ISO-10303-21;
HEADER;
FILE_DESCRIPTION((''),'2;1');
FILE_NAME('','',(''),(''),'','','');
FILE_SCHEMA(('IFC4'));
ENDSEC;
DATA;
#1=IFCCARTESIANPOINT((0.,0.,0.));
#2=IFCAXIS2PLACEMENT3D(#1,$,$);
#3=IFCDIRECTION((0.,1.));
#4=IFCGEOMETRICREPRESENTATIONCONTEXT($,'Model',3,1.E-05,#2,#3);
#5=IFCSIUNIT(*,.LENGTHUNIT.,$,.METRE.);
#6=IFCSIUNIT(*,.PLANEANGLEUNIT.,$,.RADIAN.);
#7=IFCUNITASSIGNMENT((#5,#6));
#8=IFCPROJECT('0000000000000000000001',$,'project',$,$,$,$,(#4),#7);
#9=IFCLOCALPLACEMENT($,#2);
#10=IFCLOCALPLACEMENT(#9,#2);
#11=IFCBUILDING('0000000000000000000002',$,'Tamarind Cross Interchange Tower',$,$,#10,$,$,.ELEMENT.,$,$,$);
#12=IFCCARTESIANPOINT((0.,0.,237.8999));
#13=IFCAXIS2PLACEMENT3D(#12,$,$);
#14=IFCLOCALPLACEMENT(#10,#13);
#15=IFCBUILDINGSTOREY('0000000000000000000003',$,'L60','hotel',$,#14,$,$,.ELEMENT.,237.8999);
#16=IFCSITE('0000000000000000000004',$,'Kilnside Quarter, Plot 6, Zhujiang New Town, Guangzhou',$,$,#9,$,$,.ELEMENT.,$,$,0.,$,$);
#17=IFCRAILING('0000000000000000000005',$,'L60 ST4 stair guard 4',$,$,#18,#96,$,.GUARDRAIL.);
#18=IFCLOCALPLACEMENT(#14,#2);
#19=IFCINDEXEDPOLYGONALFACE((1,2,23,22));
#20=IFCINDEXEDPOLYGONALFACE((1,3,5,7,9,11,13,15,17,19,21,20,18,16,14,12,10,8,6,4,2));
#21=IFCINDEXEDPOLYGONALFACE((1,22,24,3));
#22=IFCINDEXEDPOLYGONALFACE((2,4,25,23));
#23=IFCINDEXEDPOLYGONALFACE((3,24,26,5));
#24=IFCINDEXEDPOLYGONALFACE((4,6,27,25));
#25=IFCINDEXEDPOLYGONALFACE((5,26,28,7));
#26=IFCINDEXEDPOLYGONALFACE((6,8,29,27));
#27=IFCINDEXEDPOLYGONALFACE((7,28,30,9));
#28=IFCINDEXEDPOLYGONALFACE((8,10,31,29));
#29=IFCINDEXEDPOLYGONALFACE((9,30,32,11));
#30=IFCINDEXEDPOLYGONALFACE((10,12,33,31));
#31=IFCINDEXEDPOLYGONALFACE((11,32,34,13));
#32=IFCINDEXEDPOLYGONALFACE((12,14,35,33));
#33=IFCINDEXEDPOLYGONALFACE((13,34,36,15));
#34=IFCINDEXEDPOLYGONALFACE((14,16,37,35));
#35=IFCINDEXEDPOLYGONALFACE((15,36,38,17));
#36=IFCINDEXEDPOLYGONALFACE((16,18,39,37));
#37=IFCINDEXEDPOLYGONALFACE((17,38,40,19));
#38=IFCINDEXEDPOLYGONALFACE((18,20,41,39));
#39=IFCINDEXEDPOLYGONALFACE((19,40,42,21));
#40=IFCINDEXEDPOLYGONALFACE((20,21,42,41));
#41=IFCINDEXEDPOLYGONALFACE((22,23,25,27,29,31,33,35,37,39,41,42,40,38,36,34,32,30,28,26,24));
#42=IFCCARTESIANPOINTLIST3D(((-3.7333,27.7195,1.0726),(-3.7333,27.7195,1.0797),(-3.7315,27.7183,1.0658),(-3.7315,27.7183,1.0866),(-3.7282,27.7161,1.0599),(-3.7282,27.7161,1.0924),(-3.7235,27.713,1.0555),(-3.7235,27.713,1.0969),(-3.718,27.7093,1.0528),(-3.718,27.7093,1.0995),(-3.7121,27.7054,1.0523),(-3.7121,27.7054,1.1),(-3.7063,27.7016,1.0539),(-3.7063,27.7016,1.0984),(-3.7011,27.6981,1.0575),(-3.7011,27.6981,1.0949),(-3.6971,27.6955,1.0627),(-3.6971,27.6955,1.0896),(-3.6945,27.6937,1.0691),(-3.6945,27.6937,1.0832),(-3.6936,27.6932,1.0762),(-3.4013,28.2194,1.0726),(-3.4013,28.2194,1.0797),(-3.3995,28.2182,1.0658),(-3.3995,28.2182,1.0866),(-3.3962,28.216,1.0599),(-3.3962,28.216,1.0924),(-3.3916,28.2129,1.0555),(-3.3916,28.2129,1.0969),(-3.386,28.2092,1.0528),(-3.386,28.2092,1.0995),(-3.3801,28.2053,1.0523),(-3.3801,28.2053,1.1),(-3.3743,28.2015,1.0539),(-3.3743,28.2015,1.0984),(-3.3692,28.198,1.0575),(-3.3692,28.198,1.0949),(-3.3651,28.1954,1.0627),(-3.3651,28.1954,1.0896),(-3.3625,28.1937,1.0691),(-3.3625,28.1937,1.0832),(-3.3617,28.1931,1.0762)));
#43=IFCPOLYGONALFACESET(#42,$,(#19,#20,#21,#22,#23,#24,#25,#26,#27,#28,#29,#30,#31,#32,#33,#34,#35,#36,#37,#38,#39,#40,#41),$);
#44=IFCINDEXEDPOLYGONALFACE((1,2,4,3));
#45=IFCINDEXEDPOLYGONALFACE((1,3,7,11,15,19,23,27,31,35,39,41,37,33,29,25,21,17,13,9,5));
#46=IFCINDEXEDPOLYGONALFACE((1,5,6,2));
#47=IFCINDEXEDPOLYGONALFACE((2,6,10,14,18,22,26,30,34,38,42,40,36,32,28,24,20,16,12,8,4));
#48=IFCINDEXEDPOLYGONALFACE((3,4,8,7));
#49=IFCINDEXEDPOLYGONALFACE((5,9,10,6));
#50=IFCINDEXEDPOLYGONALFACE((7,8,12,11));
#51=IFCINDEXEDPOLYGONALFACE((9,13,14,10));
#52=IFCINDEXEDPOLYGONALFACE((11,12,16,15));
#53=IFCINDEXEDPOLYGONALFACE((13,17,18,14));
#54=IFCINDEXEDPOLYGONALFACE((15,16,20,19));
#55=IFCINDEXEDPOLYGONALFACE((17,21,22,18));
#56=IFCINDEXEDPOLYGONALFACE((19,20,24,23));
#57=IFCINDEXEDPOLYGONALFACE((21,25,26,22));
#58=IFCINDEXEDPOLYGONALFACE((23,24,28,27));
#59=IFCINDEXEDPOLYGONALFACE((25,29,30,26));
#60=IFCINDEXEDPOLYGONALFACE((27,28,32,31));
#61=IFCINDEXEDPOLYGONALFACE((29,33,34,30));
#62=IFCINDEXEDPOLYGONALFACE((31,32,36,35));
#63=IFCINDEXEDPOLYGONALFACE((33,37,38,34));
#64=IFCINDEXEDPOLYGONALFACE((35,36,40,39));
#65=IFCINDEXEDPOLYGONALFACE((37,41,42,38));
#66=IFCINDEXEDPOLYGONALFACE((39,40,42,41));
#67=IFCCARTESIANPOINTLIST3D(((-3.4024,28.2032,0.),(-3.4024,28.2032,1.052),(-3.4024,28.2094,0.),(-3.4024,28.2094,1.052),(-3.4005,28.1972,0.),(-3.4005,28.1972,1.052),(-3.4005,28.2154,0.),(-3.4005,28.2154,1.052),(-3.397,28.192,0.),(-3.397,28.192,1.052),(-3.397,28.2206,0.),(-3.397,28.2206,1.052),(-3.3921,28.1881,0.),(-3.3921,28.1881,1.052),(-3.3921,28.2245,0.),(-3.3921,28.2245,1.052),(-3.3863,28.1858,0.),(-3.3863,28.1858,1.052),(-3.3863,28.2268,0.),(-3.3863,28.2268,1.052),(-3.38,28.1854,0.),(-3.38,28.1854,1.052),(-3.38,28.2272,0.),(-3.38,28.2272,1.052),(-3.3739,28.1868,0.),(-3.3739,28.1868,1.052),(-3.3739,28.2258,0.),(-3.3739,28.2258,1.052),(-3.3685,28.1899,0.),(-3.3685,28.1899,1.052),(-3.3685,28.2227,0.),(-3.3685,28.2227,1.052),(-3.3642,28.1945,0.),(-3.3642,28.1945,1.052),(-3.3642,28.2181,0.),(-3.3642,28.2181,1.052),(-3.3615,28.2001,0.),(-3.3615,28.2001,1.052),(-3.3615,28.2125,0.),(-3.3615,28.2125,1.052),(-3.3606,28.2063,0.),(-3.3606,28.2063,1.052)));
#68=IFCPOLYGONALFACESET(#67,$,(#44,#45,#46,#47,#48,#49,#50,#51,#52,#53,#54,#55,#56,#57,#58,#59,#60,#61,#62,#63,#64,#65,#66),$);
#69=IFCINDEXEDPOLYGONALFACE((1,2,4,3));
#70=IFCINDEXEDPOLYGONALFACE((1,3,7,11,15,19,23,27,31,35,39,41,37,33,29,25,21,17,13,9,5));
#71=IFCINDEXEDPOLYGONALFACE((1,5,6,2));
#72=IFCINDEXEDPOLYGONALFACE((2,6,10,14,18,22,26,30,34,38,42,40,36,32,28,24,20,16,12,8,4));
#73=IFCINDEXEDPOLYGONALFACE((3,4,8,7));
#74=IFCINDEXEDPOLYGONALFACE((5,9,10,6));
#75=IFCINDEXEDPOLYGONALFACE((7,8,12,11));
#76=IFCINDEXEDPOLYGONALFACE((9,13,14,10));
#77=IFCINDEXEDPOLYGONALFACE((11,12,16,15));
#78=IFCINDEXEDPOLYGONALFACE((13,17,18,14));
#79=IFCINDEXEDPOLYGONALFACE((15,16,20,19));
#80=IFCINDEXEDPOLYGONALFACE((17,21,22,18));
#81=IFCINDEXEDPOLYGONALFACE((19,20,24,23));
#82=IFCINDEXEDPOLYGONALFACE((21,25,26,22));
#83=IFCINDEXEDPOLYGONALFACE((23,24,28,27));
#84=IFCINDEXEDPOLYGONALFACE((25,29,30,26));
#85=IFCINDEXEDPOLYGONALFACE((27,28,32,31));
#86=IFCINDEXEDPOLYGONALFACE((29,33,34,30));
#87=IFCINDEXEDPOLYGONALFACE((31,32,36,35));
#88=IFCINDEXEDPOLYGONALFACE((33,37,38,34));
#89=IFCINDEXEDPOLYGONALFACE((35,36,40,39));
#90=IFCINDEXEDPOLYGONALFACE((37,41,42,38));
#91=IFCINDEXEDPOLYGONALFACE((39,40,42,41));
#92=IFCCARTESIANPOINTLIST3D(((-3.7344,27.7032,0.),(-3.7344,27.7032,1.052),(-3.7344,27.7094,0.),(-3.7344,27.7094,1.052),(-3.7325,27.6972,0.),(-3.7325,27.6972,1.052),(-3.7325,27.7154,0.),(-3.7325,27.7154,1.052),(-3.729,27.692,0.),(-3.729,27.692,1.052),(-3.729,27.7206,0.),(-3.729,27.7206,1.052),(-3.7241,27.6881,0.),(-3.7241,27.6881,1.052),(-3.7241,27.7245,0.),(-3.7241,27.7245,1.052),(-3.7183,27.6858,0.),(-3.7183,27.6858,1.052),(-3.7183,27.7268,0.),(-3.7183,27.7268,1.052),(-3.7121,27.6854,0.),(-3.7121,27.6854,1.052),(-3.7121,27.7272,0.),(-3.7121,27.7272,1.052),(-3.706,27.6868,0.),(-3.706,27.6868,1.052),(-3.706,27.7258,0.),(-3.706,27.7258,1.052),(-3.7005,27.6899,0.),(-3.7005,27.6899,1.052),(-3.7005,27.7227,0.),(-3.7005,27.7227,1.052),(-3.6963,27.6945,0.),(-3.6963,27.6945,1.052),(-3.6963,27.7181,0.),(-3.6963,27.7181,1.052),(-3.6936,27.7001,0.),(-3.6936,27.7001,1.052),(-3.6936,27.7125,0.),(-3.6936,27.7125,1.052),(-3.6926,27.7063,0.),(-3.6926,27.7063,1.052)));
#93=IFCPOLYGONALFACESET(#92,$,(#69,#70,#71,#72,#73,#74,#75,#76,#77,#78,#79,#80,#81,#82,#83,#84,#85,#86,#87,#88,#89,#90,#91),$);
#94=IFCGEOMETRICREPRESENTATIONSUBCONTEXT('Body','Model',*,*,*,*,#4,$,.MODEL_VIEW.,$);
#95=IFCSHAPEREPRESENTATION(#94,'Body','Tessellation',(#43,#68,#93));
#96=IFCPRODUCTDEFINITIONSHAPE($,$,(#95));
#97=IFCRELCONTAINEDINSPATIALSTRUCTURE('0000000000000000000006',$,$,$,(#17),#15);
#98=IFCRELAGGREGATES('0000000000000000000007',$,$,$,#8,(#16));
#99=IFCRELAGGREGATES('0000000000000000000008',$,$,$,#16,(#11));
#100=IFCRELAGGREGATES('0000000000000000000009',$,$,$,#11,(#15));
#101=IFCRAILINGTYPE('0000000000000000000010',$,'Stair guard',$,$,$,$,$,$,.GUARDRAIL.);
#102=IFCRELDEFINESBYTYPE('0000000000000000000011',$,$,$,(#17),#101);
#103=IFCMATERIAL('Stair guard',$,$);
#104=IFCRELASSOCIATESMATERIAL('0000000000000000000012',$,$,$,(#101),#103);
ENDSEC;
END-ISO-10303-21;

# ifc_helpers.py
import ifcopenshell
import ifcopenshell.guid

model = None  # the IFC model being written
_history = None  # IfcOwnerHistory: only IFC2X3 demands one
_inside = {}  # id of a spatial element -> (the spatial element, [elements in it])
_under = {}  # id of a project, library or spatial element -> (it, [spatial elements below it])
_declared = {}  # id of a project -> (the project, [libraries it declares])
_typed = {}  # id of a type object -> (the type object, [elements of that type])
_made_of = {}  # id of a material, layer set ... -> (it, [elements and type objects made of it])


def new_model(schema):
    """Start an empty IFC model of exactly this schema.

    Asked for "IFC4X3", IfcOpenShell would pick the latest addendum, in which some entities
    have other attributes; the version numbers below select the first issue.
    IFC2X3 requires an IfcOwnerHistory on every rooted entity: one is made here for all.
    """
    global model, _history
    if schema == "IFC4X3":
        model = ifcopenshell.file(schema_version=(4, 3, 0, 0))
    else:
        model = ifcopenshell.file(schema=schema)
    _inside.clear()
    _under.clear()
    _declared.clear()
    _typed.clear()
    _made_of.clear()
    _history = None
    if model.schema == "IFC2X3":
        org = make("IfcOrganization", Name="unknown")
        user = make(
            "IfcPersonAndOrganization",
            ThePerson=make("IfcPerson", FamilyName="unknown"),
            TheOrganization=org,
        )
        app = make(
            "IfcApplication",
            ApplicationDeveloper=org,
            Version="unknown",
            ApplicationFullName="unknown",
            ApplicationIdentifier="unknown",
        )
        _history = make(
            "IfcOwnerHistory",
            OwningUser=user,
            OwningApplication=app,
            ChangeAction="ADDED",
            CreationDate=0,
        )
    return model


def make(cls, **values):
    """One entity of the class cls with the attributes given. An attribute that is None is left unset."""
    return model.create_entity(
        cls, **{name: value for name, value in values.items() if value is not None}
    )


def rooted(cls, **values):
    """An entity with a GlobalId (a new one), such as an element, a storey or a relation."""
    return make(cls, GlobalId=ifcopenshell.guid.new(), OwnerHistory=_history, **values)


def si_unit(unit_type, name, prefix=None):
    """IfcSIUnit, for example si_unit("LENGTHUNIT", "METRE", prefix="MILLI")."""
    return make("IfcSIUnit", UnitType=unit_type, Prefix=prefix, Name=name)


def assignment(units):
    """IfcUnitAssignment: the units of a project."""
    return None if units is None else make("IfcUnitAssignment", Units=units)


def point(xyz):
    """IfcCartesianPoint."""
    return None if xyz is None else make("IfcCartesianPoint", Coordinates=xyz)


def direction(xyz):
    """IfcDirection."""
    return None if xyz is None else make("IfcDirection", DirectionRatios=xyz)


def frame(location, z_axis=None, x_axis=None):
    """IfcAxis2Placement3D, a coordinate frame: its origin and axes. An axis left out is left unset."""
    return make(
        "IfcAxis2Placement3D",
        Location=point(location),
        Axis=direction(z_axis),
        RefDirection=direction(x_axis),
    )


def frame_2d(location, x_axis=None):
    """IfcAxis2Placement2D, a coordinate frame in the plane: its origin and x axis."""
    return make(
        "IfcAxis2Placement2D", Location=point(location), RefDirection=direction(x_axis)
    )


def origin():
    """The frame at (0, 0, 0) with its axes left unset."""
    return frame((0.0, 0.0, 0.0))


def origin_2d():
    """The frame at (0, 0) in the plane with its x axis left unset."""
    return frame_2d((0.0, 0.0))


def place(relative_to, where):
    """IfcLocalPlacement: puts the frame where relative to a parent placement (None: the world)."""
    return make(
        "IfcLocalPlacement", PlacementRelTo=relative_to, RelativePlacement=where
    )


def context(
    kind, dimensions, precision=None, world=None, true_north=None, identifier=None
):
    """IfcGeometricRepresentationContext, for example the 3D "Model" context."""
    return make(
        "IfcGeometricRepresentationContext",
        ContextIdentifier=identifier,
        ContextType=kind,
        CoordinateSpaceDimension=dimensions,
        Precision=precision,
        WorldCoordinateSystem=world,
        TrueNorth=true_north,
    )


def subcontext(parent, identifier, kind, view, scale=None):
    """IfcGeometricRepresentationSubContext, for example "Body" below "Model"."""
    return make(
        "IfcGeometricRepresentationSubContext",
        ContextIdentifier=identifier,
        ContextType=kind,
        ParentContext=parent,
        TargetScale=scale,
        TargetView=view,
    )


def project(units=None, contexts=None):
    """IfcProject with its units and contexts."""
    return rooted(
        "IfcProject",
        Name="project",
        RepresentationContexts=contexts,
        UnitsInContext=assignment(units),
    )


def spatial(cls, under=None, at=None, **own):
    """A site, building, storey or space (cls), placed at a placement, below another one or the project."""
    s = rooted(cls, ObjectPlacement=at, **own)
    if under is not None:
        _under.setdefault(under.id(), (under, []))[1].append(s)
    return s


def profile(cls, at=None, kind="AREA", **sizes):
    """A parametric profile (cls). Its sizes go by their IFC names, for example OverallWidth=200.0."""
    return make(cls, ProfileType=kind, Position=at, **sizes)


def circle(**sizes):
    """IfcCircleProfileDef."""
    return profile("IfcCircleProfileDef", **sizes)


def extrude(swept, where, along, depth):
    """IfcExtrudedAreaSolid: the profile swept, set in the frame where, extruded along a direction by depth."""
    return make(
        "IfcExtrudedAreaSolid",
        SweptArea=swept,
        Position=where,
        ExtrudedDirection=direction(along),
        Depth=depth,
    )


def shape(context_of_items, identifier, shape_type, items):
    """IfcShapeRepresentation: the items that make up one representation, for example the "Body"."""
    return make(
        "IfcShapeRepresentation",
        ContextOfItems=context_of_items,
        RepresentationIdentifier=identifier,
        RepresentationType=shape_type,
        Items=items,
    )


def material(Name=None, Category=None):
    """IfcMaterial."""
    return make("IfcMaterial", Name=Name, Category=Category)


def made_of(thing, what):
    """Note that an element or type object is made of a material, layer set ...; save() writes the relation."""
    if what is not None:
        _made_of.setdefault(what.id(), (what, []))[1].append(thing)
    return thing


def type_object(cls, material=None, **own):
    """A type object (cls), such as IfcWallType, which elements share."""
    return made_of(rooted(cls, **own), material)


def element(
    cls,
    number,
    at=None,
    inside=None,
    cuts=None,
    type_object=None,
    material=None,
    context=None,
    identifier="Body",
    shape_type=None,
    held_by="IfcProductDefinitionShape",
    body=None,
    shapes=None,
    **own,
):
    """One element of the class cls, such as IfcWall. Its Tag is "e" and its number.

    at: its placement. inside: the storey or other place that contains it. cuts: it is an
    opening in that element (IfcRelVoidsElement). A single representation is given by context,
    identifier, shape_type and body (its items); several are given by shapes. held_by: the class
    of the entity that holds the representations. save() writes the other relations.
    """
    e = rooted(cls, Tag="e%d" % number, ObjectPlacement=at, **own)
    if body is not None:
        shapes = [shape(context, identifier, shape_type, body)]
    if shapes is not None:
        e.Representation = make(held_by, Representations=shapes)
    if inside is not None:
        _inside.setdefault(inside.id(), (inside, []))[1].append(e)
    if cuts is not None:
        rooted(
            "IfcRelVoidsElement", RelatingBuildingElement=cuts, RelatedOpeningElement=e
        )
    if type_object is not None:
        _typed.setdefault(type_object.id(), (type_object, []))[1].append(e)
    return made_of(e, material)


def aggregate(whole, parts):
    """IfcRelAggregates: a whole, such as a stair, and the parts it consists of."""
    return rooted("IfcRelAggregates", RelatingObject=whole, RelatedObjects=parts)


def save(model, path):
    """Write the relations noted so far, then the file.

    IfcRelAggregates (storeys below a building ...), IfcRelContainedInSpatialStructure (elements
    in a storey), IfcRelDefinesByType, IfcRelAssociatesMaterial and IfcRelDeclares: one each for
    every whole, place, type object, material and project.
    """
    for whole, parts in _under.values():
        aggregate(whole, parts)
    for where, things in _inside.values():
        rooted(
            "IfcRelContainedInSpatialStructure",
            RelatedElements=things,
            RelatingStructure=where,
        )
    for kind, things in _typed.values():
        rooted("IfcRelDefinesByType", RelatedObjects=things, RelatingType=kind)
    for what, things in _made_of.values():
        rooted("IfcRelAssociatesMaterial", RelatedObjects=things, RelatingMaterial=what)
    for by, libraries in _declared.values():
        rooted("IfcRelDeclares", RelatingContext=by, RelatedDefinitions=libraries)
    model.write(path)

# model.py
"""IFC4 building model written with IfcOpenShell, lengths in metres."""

from ifc_helpers import new_model, si_unit, direction, frame, origin, origin_2d, place, context, subcontext, project, spatial, circle, extrude, material, type_object, element, save


model = new_model("IFC4")

# Units and contexts
model_context = context("Model", 3, precision=1e-05, world=origin(), true_north=direction((0.0, 1.0)))
body_context = subcontext(model_context, "Body", "Model", "MODEL_VIEW")
ifc_project = project(units=[si_unit("LENGTHUNIT", "METRE"), si_unit("PLANEANGLEUNIT", "RADIAN")], contexts=[model_context])

# Site, building, storey
site_placement = place(None, origin())
site = spatial("IfcSite", under=ifc_project, at=site_placement, Name="Kilnside Quarter, Plot 6, Zhujiang New Town, Guangzhou", CompositionType="ELEMENT", RefElevation=0.0)
building_placement = place(site_placement, origin())
building = spatial("IfcBuilding", under=site, at=building_placement, Name="Tamarind Cross Interchange Tower", CompositionType="ELEMENT")
storey_placement = place(building_placement, frame((0.0, 0.0, 237.8999)))
storey = spatial("IfcBuildingStorey", under=building, at=storey_placement, Name="L60", Description="hotel", CompositionType="ELEMENT", Elevation=237.8999)

# Railing
ifc_material_1 = material(Name="Stair guard")
railing_type_1 = type_object("IfcRailingType", Name="Stair guard", PredefinedType="GUARDRAIL", material=ifc_material_1)
railing_1_placement = place(storey_placement, frame((-3.3816, 28.2063, 0.0)))
element("IfcRailing", 1, at=railing_1_placement, inside=storey, type_object=railing_type_1, Name="L60 ST4 stair guard 4", PredefinedType="GUARDRAIL", context=body_context, shape_type="SweptSolid", body=[
    extrude(circle(Radius=0.0239, at=origin_2d()), frame((0.0, 0.0, 1.0762), z_axis=(-0.553197, -0.83305, 0.0), x_axis=(0.83305, -0.553197, 0.0)), (0.0, 0.0, 1.0), 0.6001),
    extrude(circle(Radius=0.021, at=origin_2d()), origin(), (0.0, 0.0, 1.0), 1.052),
    extrude(circle(Radius=0.021, at=origin_2d()), frame((-0.332, -0.5, 0.0)), (0.0, 0.0, 1.0), 1.052),
])

save(model, "model.ifc")
